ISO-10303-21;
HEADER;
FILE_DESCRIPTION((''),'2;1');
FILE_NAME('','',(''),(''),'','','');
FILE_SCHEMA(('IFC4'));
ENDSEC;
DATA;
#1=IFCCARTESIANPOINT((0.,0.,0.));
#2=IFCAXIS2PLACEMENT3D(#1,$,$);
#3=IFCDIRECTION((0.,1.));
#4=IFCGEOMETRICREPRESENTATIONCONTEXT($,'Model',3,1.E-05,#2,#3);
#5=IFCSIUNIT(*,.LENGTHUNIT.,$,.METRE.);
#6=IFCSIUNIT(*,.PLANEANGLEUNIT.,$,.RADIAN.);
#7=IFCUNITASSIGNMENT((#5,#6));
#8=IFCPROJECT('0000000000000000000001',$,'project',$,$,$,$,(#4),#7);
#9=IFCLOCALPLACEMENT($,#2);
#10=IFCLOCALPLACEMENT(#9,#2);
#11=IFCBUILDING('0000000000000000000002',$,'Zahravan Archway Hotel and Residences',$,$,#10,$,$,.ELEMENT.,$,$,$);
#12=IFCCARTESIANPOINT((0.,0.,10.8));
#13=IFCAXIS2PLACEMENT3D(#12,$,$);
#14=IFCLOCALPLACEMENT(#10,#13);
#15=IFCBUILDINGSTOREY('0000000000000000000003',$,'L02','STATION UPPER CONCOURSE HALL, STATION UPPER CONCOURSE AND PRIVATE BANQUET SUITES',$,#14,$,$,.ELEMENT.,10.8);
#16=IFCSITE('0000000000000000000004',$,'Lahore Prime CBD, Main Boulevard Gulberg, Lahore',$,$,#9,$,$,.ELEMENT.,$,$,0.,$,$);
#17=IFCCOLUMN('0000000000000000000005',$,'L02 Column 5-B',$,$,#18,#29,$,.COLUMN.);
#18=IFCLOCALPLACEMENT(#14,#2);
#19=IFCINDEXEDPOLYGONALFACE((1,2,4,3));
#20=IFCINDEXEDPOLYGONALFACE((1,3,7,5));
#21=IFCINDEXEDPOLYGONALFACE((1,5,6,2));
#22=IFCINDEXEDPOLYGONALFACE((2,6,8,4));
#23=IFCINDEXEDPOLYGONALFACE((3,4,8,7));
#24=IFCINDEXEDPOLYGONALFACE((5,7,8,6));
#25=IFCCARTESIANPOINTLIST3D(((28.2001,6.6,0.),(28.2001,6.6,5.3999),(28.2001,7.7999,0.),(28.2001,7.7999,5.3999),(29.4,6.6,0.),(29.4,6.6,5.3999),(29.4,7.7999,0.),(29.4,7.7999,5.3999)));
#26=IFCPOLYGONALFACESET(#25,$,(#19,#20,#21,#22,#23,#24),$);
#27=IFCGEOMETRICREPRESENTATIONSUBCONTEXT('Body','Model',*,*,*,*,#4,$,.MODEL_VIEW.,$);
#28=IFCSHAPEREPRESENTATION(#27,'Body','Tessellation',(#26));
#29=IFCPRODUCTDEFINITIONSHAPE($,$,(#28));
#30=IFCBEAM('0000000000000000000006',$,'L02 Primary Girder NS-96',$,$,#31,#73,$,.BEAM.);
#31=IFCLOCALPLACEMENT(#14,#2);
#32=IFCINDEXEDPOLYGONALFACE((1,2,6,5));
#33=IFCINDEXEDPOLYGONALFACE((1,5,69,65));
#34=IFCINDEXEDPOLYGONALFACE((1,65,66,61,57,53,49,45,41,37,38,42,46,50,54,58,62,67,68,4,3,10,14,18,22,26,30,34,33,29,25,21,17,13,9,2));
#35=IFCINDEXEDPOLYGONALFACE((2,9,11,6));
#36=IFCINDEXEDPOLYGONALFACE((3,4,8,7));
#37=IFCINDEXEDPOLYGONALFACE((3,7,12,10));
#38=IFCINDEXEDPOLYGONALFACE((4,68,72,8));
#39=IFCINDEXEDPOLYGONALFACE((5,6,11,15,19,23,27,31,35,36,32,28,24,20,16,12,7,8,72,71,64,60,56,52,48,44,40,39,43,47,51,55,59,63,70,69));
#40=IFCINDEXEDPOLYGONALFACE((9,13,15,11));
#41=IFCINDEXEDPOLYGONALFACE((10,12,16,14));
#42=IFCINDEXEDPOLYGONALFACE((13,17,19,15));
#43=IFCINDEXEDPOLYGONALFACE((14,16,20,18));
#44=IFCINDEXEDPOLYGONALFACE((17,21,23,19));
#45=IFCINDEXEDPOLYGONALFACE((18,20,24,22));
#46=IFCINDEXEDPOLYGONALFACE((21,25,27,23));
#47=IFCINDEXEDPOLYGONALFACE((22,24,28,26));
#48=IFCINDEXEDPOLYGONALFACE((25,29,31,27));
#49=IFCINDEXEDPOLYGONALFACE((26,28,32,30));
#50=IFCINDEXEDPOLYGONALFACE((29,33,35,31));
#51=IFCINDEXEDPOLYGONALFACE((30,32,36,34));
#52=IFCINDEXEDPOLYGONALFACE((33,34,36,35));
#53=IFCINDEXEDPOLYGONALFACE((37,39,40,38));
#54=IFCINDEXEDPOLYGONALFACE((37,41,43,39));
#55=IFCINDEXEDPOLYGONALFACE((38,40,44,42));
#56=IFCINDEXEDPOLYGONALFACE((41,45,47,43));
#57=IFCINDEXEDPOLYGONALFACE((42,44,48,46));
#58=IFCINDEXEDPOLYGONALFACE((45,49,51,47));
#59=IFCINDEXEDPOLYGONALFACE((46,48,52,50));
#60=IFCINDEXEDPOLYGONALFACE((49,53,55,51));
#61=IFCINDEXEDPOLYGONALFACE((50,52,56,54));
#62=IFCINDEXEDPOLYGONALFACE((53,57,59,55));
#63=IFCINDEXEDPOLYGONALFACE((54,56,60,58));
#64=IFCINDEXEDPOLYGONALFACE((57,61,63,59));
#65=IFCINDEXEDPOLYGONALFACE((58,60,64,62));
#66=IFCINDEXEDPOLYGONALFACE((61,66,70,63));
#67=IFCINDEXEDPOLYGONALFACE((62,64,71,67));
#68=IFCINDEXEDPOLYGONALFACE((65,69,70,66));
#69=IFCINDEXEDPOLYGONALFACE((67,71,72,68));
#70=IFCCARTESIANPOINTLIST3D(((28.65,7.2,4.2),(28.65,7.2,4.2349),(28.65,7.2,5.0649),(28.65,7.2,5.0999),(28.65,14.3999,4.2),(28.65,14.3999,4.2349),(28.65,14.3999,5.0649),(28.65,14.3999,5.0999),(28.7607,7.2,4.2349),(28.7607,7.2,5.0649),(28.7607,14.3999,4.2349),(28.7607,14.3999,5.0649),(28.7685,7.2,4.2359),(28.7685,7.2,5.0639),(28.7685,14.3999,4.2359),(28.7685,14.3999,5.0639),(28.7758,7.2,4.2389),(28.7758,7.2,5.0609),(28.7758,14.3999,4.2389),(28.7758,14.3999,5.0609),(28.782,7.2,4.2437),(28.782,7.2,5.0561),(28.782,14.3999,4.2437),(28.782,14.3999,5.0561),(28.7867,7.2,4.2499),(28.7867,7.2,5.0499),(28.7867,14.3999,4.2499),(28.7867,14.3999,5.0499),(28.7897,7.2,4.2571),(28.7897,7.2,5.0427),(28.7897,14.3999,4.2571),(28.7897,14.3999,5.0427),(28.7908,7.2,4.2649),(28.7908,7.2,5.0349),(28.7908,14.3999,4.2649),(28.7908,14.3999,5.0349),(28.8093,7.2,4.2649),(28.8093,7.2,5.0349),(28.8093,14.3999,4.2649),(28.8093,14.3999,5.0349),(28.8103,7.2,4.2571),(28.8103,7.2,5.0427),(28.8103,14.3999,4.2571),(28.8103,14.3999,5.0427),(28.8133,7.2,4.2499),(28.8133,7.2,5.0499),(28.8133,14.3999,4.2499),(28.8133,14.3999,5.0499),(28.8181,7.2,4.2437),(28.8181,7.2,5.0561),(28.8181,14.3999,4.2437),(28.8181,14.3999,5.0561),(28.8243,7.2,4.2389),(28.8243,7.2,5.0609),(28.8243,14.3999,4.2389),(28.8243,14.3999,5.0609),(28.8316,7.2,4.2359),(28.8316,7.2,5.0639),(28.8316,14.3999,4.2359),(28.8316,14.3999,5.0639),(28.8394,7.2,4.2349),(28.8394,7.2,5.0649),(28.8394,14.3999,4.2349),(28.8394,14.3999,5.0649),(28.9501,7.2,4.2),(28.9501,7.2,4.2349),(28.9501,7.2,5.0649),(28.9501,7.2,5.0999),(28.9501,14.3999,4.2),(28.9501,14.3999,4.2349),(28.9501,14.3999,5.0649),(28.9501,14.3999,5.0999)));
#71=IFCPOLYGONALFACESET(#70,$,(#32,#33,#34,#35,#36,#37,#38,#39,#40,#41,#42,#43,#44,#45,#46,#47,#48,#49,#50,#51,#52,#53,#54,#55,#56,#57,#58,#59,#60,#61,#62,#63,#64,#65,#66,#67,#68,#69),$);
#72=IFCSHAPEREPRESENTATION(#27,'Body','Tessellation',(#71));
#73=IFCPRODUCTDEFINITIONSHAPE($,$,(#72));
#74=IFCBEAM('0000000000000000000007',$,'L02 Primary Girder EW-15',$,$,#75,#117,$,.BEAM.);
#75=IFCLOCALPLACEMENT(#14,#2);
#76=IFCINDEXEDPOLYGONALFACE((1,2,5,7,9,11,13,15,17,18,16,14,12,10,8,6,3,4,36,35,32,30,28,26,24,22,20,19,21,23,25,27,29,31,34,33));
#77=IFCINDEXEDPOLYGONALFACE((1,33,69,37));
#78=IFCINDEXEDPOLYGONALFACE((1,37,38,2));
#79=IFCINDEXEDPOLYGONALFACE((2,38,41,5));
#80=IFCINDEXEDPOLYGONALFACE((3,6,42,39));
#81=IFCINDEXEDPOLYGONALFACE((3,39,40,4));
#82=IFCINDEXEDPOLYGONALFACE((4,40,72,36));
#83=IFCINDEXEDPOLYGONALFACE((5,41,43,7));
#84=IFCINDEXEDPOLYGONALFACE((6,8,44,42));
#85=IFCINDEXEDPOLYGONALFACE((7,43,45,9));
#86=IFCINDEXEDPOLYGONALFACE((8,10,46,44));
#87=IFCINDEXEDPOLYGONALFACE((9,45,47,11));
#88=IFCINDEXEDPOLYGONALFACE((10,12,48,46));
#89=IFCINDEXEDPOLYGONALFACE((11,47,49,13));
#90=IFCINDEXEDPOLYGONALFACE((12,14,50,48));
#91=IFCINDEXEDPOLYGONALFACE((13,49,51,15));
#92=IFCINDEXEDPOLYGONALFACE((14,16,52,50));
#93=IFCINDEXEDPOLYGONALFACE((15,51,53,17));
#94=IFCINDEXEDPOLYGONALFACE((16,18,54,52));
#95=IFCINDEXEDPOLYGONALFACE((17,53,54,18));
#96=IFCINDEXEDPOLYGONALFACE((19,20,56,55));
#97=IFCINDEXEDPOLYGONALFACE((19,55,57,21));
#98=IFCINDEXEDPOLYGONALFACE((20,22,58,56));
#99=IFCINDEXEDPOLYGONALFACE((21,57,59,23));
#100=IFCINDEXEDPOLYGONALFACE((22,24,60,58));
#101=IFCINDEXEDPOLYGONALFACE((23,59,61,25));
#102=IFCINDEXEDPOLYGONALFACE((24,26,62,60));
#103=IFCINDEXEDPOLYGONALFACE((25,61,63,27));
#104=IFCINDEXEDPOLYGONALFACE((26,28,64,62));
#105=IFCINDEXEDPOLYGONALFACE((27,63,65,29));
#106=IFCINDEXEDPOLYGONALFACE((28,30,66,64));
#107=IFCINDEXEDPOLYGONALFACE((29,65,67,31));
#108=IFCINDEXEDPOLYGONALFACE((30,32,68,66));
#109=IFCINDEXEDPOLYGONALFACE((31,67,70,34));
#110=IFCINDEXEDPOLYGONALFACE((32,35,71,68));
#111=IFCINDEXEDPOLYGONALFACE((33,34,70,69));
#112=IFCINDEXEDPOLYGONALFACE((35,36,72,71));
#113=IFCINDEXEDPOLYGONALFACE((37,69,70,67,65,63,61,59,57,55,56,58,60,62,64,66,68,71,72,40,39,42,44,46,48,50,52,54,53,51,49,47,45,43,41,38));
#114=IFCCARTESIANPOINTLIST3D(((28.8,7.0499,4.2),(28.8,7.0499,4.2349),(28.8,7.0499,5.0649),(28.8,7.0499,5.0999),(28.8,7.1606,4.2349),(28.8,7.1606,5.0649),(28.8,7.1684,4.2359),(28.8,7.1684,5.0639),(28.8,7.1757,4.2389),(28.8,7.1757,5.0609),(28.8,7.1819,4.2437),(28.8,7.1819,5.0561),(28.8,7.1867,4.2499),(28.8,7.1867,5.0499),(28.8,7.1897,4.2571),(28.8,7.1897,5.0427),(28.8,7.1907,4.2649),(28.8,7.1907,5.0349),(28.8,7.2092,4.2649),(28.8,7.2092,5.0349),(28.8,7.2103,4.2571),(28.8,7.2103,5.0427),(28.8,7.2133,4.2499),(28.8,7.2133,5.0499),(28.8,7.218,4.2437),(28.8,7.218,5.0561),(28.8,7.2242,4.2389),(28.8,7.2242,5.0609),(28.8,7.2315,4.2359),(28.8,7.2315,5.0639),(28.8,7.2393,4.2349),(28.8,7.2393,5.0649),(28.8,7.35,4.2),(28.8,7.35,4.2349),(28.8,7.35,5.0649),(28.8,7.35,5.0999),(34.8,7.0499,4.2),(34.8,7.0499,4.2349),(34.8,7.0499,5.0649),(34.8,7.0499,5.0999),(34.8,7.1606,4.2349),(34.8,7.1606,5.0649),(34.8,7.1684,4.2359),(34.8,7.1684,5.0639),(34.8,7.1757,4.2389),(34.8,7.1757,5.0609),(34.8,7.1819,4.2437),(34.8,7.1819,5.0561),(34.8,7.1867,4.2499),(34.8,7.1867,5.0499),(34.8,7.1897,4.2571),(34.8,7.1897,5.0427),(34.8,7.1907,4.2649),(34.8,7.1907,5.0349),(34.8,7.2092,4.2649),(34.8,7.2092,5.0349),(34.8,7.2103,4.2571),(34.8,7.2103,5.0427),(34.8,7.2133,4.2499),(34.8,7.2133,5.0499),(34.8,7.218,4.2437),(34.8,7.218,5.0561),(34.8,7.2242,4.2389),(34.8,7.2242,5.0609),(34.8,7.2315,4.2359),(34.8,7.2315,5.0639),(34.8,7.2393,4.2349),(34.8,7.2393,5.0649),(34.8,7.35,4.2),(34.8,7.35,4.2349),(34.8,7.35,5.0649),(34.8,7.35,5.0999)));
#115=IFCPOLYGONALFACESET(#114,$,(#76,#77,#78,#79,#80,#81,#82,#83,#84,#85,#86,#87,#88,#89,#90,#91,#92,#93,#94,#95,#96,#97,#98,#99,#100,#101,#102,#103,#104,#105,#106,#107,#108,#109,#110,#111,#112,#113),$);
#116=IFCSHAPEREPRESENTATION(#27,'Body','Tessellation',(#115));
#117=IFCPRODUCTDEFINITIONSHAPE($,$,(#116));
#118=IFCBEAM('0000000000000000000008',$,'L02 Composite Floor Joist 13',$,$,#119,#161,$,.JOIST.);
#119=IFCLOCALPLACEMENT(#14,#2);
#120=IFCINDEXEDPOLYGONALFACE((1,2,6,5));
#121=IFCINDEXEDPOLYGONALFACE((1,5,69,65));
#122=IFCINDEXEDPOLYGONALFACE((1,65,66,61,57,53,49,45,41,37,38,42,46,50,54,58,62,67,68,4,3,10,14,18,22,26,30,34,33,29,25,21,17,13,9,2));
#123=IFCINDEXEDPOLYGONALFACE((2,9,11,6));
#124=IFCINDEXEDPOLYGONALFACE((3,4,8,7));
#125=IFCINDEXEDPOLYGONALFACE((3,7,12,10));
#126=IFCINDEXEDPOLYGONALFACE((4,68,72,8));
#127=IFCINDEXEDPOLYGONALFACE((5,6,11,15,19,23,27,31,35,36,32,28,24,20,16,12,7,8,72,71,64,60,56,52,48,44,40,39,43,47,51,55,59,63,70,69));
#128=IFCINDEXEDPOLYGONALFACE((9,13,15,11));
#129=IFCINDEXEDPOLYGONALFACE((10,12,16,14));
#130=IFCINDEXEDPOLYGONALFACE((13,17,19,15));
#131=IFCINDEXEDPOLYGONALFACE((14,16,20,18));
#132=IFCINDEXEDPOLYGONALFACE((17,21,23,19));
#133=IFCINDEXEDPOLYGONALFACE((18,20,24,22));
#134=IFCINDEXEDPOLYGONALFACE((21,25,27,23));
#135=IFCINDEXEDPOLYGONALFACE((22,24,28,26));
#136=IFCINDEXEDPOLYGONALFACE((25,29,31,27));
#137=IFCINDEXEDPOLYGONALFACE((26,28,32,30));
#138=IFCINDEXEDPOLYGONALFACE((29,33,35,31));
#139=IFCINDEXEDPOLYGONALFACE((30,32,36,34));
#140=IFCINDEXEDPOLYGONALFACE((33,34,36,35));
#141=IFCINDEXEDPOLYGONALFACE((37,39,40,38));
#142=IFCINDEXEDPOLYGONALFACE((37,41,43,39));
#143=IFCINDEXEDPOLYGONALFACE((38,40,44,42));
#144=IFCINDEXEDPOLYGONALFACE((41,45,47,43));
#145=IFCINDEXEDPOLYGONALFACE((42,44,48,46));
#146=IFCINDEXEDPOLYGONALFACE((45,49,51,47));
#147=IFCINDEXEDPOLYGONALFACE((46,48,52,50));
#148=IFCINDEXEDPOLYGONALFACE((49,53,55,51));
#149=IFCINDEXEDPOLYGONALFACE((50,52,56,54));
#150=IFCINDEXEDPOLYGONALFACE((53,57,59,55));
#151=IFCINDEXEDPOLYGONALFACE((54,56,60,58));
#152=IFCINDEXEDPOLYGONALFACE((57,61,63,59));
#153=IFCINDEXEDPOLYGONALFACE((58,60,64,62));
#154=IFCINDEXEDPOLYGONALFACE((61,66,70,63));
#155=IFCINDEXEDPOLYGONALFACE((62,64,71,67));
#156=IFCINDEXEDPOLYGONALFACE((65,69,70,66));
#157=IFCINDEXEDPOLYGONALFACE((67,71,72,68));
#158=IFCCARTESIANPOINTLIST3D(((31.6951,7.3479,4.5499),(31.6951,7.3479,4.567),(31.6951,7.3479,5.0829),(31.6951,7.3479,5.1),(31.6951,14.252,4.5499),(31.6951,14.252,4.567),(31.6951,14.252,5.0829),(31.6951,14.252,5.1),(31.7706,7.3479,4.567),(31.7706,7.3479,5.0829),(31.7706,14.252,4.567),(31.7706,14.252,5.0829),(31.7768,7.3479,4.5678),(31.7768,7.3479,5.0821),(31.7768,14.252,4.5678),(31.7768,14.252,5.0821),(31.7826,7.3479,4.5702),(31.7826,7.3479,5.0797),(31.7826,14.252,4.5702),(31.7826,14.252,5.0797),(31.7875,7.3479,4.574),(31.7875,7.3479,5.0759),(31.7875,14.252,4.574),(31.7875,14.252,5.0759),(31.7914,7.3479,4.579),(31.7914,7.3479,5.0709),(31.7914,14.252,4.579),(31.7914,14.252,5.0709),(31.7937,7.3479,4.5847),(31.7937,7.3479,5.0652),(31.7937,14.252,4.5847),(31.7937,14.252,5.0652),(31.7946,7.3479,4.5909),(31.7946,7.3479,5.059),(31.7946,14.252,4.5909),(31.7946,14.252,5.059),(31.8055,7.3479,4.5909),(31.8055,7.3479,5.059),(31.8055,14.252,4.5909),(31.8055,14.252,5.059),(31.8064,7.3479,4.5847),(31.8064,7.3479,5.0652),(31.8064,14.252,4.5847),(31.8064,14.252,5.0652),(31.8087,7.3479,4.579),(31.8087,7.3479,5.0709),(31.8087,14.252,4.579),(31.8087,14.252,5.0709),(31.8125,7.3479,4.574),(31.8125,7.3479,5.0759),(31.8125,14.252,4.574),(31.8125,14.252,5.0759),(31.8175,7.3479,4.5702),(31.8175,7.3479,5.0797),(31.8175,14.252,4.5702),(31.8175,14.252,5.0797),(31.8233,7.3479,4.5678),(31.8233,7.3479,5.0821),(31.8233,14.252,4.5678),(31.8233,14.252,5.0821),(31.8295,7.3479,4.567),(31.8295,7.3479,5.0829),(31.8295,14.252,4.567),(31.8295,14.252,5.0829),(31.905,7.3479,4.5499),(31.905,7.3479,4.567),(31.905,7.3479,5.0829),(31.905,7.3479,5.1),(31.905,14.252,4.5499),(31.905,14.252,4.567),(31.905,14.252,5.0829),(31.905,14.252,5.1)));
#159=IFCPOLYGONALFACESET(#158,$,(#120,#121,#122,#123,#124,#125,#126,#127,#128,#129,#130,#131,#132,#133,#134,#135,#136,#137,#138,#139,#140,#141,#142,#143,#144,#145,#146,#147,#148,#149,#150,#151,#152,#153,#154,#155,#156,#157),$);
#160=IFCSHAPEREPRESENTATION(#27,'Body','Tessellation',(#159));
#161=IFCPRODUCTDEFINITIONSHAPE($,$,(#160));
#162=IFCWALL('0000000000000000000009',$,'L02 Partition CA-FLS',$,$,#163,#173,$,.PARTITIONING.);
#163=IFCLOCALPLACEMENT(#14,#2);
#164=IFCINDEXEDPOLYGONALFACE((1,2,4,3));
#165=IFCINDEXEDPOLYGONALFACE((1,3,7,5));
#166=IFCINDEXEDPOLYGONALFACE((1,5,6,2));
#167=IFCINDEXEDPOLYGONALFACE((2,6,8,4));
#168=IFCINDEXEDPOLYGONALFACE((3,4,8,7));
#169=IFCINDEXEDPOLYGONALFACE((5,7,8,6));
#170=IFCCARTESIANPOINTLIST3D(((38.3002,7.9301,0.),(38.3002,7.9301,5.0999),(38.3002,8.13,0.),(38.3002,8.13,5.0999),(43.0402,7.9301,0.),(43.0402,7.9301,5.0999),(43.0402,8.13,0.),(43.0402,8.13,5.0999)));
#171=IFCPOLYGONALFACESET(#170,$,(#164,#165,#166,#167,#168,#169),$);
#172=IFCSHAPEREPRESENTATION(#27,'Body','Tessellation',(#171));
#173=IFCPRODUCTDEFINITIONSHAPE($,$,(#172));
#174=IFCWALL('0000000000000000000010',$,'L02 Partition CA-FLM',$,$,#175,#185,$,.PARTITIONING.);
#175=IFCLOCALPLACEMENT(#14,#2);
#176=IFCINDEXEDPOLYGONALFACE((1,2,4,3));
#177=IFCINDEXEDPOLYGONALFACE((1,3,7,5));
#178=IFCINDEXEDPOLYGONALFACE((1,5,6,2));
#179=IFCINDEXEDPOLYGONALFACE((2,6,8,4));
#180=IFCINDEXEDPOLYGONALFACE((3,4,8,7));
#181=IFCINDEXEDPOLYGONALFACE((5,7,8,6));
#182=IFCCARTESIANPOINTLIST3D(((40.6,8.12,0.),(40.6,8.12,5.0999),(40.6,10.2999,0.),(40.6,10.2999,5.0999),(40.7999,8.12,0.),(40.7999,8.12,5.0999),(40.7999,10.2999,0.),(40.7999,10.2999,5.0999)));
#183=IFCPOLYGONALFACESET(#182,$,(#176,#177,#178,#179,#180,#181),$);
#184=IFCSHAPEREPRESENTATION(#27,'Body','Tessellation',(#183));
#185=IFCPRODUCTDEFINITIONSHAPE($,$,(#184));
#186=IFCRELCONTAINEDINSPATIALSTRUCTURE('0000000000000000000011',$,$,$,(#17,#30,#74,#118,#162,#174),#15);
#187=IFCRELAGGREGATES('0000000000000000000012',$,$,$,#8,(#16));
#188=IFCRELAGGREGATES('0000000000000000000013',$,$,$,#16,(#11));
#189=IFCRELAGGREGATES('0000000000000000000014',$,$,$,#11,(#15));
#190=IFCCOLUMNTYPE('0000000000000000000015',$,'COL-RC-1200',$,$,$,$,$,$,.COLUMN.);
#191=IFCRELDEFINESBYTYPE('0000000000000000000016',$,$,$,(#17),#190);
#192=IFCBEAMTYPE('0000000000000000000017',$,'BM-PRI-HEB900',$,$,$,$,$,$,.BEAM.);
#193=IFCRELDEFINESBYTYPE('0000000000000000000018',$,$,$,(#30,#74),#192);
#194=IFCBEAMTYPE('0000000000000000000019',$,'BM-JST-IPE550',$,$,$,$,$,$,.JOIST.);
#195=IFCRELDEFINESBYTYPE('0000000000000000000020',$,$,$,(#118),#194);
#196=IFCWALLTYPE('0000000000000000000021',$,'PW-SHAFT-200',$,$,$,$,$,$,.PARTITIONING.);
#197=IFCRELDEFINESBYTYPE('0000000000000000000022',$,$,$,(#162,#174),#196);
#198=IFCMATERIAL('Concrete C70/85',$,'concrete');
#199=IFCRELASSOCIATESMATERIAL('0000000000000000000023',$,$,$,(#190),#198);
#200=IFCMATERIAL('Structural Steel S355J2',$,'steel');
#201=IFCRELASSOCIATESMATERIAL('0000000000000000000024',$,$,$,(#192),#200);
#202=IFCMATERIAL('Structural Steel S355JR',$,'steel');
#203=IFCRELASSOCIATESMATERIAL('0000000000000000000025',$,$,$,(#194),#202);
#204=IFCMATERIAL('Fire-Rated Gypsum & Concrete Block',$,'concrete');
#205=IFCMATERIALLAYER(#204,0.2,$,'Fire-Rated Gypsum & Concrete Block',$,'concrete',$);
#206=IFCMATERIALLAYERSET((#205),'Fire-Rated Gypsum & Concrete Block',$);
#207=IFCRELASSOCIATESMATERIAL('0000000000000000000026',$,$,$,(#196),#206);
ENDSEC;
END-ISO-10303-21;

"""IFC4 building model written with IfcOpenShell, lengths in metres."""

from ifc_helpers import new_model, si_unit, direction, frame, frame_2d, origin, origin_2d, place, context, subcontext, project, spatial, rectangle, i_section, extrude, source, transform, mapped, material, layer, layer_set, material_profile, profile_set, type_object, type_shapes, element, save


model = new_model("IFC4")

# Units and contexts
model_context = context("Model", 3, precision=1e-05, world=origin(), true_north=direction((0.0, 1.0)))
body_context = subcontext(model_context, "Body", "Model", "MODEL_VIEW")
ifc_project = project(units=[si_unit("LENGTHUNIT", "METRE"), si_unit("PLANEANGLEUNIT", "RADIAN")], contexts=[model_context])

# Site, building, storey
site_placement = place(None, origin())
site = spatial("IfcSite", under=ifc_project, at=site_placement, Name="Lahore Prime CBD, Main Boulevard Gulberg, Lahore", CompositionType="ELEMENT", RefElevation=0.0)
building_placement = place(site_placement, origin())
building = spatial("IfcBuilding", under=site, at=building_placement, Name="Zahravan Archway Hotel and Residences", CompositionType="ELEMENT")
storey_placement = place(building_placement, frame((0.0, 0.0, 10.8)))
storey = spatial("IfcBuildingStorey", under=building, at=storey_placement, Name="L02", Description="STATION UPPER CONCOURSE HALL, STATION UPPER CONCOURSE AND PRIVATE BANQUET SUITES", CompositionType="ELEMENT", Elevation=10.8)

# Column
ifc_material_1 = material(Name="Concrete C70/85", Category="concrete")
ifc_material_profile_1 = material_profile(ifc_material_1, rectangle(XDim=1.2, YDim=1.2, at=origin_2d()), Name="RC-COL-1200x1200", Category="concrete")
ifc_profile_set_1 = profile_set([ifc_material_profile_1], Name="Concrete C70/85")
column_type = type_object("IfcColumnType", Name="COL-RC-1200", PredefinedType="COLUMN", material=ifc_profile_set_1)
shared_shape_1 = source(origin(), body_context, "Body", "SweptSolid", [
    extrude(rectangle(XDim=1.2, YDim=1.2, at=origin_2d()), origin(), (0.0, 0.0, 1.0), 5.3999),
])
column_placement = place(storey_placement, frame((28.8, 7.2, 0.0), z_axis=(0.0, 0.0, 1.0), x_axis=(1.0, 0.0, 0.0)))
element("IfcColumn", 1, at=column_placement, inside=storey, type_object=column_type, Name="L02 Column 5-B", PredefinedType="COLUMN", context=body_context, shape_type="MappedRepresentation", body=[
    mapped(shared_shape_1, transform((0.0, 0.0, 0.0), scale=1.0)),
])

# Beams
ifc_material_2 = material(Name="Structural Steel S355J2", Category="steel")
ifc_material_profile_2 = material_profile(ifc_material_2, i_section(OverallWidth=0.3, OverallDepth=0.8999, WebThickness=0.0186, FlangeThickness=0.0349, FilletRadius=0.03, at=origin_2d()), Name="HEB 900", Category="steel")
ifc_profile_set_2 = profile_set([ifc_material_profile_2], Name="Structural Steel S355J2")
beam_type_1 = type_object("IfcBeamType", Name="BM-PRI-HEB900", PredefinedType="BEAM", material=ifc_profile_set_2)
shared_shape_2 = source(origin(), body_context, "Body", "SweptSolid", [
    extrude(i_section(OverallWidth=0.3, OverallDepth=0.8999, WebThickness=0.0186, FlangeThickness=0.0349, FilletRadius=0.03, at=origin_2d()), origin(), (0.0, 0.0, 1.0), 7.2),
])
beam_1_placement = place(storey_placement, frame((28.8, 7.2, 4.6499), z_axis=(0.0, 1.0, 0.0), x_axis=(-1.0, 0.0, 0.0)))
element("IfcBeam", 2, at=beam_1_placement, inside=storey, type_object=beam_type_1, Name="L02 Primary Girder NS-96", PredefinedType="BEAM", context=body_context, shape_type="MappedRepresentation", body=[
    mapped(shared_shape_2, transform((0.0, 0.0, 0.0), scale=1.0)),
])
shared_shape_3 = source(origin(), body_context, "Body", "SweptSolid", [
    extrude(i_section(OverallWidth=0.3, OverallDepth=0.8999, WebThickness=0.0186, FlangeThickness=0.0349, FilletRadius=0.03, at=origin_2d()), origin(), (0.0, 0.0, 1.0), 6.0),
])
beam_2_placement = place(storey_placement, frame((28.8, 7.2, 4.6499), z_axis=(1.0, 0.0, 0.0), x_axis=(0.0, 1.0, 0.0)))
element("IfcBeam", 3, at=beam_2_placement, inside=storey, type_object=beam_type_1, Name="L02 Primary Girder EW-15", PredefinedType="BEAM", context=body_context, shape_type="MappedRepresentation", body=[
    mapped(shared_shape_3, transform((0.0, 0.0, 0.0), scale=1.0)),
])
ifc_material_3 = material(Name="Structural Steel S355JR", Category="steel")
ifc_material_profile_3 = material_profile(ifc_material_3, i_section(OverallWidth=0.21, OverallDepth=0.55, WebThickness=0.011, FlangeThickness=0.0171, FilletRadius=0.0239, at=origin_2d()), Name="IPE 550", Category="steel")
ifc_profile_set_3 = profile_set([ifc_material_profile_3], Name="Structural Steel S355JR")
beam_type_2 = type_object("IfcBeamType", Name="BM-JST-IPE550", PredefinedType="JOIST", material=ifc_profile_set_3)
shared_shape_4 = source(origin(), body_context, "Body", "SweptSolid", [
    extrude(i_section(OverallWidth=0.21, OverallDepth=0.55, WebThickness=0.011, FlangeThickness=0.0171, FilletRadius=0.0239, at=origin_2d()), origin(), (0.0, 0.0, 1.0), 6.9041),
])
type_shapes(beam_type_2, [shared_shape_4])
beam_3_placement = place(storey_placement, frame((31.8, 7.3479, 4.825), z_axis=(0.0, 1.0, 0.0), x_axis=(-1.0, 0.0, 0.0)))
element("IfcBeam", 4, at=beam_3_placement, inside=storey, type_object=beam_type_2, Name="L02 Composite Floor Joist 13", PredefinedType="JOIST", context=body_context, shape_type="MappedRepresentation", body=[
    mapped(shared_shape_4, transform((0.0, 0.0, 0.0), scale=1.0)),
])

# Walls
ifc_material_4 = material(Name="Fire-Rated Gypsum & Concrete Block", Category="concrete")
ifc_layer_1 = layer(ifc_material_4, 0.2, Name="Fire-Rated Gypsum & Concrete Block", Category="concrete")
ifc_layer_set_1 = layer_set([ifc_layer_1], Name="Fire-Rated Gypsum & Concrete Block")
wall_type = type_object("IfcWallType", Name="PW-SHAFT-200", PredefinedType="PARTITIONING", material=ifc_layer_set_1)
wall_1_placement = place(storey_placement, frame((38.3, 8.03, 0.0), z_axis=(0.0, 0.0, 1.0), x_axis=(1.0, 0.0, 0.0)))
element("IfcWall", 5, at=wall_1_placement, inside=storey, type_object=wall_type, Name="L02 Partition CA-FLS", PredefinedType="PARTITIONING", context=body_context, shape_type="SweptSolid", body=[
    extrude(rectangle(XDim=4.74, YDim=0.2, at=frame_2d((2.3701, 0.0))), origin(), (0.0, 0.0, 1.0), 5.0999),
])
wall_2_placement = place(storey_placement, frame((40.7, 8.1201, 0.0), z_axis=(0.0, 0.0, 1.0), x_axis=(0.0, 1.0, 0.0)))
element("IfcWall", 6, at=wall_2_placement, inside=storey, type_object=wall_type, Name="L02 Partition CA-FLM", PredefinedType="PARTITIONING", context=body_context, shape_type="SweptSolid", body=[
    extrude(rectangle(XDim=2.1799, YDim=0.2, at=frame_2d((1.0898, 0.0))), origin(), (0.0, 0.0, 1.0), 5.0999),
])

save(model, "model.ifc")
